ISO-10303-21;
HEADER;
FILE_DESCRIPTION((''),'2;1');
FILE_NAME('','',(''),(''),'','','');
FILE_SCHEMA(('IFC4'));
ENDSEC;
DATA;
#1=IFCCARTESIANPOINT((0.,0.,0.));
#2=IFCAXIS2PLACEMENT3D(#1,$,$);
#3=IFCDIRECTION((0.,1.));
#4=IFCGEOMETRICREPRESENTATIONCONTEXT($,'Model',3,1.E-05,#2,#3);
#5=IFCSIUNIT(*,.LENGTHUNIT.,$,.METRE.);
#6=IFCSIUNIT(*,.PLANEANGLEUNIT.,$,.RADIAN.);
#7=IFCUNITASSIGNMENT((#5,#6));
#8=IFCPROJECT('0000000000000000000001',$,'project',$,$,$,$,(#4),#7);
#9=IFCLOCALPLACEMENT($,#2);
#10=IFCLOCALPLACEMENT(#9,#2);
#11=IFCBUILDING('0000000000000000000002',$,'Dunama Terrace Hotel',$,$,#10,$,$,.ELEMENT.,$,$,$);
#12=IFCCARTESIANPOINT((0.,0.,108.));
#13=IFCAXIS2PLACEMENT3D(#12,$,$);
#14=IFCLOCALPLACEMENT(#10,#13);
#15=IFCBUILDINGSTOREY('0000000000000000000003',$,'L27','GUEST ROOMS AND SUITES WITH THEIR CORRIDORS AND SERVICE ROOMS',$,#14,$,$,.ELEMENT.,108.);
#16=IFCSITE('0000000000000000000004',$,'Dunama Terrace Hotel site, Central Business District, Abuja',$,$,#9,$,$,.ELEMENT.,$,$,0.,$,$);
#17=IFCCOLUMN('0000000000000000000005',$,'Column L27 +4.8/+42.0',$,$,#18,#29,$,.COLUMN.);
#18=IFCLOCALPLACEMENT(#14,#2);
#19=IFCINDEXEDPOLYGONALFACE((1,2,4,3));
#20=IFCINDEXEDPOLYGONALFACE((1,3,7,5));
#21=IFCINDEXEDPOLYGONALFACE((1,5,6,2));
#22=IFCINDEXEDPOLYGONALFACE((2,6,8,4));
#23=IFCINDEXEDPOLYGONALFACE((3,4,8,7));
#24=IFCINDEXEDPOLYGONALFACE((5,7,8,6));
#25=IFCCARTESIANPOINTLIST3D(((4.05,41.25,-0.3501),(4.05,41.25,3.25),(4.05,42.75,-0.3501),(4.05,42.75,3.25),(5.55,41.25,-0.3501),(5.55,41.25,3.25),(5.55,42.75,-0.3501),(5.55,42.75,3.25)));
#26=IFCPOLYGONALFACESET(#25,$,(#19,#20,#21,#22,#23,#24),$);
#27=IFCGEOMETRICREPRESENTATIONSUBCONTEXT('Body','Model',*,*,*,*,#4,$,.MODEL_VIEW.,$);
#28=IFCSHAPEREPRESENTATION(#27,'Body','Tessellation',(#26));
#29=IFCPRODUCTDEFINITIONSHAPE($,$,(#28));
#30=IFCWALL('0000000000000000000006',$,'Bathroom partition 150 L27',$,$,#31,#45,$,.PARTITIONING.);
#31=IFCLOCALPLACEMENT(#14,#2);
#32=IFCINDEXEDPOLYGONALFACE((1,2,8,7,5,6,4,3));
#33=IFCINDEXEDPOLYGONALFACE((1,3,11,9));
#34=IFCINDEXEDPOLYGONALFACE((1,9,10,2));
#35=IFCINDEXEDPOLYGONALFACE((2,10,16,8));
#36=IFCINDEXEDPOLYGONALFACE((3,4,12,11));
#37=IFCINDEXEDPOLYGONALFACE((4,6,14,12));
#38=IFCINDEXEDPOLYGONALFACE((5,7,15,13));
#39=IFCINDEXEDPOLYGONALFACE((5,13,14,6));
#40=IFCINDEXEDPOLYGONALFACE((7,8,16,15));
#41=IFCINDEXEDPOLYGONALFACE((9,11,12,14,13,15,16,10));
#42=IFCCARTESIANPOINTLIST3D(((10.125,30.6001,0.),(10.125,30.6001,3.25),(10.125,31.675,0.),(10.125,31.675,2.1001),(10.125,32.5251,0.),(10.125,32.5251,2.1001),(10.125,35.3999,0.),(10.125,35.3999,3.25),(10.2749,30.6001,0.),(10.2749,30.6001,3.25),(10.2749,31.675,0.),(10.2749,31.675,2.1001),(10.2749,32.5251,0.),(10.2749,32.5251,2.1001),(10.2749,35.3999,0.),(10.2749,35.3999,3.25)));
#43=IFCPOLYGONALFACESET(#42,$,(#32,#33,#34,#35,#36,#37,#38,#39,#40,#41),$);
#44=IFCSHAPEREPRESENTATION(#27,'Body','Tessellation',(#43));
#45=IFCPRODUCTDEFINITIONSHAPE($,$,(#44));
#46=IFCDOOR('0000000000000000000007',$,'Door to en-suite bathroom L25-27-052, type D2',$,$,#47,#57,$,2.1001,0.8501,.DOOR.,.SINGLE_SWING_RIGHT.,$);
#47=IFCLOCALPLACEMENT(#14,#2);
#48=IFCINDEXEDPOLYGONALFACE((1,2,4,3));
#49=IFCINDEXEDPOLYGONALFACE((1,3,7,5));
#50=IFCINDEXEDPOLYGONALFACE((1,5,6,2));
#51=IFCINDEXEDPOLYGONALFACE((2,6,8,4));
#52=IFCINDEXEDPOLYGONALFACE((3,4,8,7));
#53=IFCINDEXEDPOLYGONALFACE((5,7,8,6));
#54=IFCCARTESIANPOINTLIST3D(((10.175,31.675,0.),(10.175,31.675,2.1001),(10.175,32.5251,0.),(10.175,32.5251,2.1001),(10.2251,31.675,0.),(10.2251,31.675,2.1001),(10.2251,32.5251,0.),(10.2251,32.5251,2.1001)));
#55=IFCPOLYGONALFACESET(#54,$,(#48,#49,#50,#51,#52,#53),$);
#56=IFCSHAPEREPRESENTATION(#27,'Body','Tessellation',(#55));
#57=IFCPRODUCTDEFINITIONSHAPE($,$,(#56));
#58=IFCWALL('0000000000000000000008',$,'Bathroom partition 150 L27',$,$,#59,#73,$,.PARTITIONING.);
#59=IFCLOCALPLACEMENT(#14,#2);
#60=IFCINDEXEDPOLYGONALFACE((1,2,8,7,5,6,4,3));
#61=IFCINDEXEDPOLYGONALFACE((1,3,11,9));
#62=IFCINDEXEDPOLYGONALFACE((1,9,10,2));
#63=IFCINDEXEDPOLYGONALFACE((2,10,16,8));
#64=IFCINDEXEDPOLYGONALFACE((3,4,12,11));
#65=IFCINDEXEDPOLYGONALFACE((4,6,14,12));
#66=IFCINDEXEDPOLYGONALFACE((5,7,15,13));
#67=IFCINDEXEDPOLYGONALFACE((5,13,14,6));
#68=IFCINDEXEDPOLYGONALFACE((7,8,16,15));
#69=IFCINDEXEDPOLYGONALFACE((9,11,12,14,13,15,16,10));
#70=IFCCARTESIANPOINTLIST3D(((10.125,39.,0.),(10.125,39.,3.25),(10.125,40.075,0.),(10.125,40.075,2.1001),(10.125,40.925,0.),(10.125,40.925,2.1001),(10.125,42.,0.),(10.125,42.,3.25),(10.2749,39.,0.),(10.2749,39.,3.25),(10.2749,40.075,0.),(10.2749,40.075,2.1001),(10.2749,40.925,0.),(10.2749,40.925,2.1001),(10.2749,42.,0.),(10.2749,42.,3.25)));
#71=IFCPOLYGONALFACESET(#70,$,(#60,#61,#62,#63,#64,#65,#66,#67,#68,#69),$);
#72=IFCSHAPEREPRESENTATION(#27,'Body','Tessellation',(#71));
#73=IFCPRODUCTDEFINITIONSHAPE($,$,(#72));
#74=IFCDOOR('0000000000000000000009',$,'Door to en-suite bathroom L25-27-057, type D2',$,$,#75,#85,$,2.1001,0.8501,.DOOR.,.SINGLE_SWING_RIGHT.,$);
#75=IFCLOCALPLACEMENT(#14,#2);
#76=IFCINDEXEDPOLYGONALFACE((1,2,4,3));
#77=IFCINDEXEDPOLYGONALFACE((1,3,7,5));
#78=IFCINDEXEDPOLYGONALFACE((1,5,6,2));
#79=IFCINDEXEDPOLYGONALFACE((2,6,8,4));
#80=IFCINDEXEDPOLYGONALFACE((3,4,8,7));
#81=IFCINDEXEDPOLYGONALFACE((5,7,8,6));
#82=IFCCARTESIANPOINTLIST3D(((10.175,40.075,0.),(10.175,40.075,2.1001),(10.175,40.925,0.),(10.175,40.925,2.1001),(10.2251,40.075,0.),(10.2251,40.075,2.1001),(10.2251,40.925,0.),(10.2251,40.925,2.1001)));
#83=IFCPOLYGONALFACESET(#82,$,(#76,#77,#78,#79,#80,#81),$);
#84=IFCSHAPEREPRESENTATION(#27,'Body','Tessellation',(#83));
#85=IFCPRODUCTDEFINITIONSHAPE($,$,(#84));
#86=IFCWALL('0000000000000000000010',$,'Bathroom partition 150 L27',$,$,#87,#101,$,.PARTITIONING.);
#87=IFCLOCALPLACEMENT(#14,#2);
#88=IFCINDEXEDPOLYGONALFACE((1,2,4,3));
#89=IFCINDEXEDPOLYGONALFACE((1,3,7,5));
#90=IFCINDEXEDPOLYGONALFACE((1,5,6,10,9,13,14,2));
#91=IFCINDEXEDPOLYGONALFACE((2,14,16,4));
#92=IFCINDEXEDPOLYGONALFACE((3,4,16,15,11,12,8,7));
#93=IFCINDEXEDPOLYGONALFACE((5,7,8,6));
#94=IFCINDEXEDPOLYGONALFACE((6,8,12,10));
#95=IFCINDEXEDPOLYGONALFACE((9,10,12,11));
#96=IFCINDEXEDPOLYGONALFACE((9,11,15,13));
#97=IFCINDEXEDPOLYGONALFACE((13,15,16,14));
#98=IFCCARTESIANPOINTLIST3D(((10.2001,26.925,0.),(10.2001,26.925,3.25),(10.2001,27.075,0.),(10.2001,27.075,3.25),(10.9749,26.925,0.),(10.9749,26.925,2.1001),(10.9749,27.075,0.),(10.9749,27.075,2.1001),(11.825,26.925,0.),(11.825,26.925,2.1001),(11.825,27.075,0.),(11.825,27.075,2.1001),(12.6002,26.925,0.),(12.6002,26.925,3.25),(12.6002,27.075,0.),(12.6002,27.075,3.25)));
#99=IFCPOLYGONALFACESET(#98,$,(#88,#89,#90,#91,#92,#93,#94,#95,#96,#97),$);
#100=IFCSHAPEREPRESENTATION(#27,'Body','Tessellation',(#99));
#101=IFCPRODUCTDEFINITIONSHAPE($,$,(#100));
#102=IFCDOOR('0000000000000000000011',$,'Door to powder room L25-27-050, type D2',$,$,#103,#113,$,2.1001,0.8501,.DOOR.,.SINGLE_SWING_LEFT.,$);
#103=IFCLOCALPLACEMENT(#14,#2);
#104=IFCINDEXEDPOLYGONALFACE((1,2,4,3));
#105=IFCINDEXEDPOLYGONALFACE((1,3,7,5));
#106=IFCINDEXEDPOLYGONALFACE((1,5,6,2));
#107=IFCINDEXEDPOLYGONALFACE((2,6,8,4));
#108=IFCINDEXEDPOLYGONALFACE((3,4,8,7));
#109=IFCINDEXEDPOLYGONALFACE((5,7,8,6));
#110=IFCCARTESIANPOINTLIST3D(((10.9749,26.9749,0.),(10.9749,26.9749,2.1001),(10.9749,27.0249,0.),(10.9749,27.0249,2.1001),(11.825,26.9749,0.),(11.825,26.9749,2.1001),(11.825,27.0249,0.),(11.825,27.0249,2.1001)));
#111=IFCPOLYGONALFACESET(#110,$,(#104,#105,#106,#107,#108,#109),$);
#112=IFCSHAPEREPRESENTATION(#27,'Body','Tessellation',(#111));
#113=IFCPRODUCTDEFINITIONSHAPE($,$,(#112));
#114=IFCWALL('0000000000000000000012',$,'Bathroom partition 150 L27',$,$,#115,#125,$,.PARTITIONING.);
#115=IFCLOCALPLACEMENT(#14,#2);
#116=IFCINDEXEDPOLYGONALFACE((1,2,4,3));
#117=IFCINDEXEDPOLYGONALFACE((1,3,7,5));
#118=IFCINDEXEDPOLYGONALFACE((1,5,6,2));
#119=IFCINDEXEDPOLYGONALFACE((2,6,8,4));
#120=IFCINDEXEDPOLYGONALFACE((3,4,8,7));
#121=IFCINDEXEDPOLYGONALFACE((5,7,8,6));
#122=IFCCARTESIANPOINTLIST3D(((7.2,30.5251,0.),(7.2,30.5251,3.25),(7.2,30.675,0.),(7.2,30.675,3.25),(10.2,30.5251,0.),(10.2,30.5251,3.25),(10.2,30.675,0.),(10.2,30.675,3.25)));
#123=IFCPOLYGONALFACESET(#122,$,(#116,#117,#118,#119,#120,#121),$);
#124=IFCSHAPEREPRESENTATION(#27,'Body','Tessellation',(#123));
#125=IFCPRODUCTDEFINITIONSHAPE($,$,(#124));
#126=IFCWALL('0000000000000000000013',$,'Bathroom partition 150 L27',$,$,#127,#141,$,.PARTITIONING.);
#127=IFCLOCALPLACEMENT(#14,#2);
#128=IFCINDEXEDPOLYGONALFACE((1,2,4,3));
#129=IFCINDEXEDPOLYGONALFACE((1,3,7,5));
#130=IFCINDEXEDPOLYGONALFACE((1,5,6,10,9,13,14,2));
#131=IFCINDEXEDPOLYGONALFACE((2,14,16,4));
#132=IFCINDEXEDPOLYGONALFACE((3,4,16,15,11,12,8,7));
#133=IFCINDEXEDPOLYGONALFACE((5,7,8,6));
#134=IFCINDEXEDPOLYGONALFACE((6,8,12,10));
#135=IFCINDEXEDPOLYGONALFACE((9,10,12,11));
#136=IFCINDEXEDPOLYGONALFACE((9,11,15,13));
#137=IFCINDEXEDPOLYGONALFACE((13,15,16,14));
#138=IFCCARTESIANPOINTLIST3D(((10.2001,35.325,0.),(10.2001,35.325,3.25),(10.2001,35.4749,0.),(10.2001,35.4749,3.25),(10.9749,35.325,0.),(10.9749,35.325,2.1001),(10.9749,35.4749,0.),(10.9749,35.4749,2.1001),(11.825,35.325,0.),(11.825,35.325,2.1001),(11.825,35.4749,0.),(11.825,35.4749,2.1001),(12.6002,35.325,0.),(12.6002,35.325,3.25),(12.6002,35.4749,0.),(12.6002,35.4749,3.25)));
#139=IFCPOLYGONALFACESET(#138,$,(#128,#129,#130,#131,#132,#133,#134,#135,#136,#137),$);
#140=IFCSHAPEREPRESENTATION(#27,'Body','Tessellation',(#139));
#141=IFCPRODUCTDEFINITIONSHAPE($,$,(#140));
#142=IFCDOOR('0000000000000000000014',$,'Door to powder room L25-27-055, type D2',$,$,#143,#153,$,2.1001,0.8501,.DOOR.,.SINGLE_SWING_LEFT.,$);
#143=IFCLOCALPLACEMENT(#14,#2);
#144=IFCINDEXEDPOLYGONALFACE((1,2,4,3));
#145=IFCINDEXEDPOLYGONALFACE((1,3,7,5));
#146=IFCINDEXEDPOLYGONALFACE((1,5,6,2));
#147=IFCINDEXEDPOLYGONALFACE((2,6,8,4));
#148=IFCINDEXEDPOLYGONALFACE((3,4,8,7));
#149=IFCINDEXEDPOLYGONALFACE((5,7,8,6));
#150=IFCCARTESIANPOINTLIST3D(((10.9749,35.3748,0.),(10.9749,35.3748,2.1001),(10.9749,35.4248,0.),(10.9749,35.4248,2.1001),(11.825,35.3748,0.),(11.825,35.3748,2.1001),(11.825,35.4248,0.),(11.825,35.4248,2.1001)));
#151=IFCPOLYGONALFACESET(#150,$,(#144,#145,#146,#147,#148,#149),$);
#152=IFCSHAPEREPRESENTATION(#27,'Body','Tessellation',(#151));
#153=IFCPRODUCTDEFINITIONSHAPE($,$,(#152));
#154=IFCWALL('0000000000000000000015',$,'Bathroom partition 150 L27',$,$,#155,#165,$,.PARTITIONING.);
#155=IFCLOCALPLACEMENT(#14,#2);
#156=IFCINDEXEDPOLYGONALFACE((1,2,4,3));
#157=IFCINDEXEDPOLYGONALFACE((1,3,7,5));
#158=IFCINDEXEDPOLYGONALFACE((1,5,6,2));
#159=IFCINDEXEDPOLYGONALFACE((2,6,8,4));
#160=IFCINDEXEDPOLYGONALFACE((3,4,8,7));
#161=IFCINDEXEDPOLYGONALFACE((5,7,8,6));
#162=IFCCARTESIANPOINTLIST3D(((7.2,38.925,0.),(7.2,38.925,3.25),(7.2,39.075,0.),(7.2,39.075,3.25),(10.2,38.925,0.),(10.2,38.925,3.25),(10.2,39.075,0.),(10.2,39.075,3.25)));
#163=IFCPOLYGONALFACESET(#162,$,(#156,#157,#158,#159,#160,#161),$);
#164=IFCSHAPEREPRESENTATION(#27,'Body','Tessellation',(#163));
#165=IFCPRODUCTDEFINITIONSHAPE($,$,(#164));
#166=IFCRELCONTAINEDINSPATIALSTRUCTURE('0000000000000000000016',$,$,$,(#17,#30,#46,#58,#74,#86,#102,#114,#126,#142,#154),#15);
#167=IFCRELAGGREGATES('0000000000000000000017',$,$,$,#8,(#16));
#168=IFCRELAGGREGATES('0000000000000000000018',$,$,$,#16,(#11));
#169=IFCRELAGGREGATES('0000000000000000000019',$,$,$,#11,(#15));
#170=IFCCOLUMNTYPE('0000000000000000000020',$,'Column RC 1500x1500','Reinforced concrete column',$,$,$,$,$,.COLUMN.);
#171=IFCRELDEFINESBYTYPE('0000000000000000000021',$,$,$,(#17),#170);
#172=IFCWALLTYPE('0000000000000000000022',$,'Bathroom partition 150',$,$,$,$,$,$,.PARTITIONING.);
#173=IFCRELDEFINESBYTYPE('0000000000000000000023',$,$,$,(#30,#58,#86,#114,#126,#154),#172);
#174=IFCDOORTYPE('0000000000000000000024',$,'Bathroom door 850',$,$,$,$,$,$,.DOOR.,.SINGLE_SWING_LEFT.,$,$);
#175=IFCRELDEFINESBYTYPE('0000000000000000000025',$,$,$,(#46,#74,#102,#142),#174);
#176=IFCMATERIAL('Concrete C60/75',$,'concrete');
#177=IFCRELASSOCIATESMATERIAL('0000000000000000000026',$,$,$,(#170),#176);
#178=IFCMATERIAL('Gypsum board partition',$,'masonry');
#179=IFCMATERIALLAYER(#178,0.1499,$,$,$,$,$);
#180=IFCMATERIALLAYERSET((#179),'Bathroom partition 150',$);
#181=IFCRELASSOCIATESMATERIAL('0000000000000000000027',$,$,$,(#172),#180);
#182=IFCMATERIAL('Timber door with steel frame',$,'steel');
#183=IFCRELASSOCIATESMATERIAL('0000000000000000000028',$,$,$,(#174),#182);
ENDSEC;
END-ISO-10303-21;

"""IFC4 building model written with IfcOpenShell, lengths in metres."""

from ifc_helpers import new_model, si_unit, direction, frame, frame_2d, origin, origin_2d, place, context, subcontext, project, spatial, rectangle, extrude, material, layer, layer_set, material_profile, profile_set, type_object, element, fill, save


model = new_model("IFC4")

# Units and contexts
model_context = context("Model", 3, precision=1e-05, world=origin(), true_north=direction((0.0, 1.0)))
body_context = subcontext(model_context, "Body", "Model", "MODEL_VIEW")
ifc_project = project(units=[si_unit("LENGTHUNIT", "METRE"), si_unit("PLANEANGLEUNIT", "RADIAN")], contexts=[model_context])

# Site, building, storey
site_placement = place(None, origin())
site = spatial("IfcSite", under=ifc_project, at=site_placement, Name="Dunama Terrace Hotel site, Central Business District, Abuja", CompositionType="ELEMENT", RefElevation=0.0)
building_placement = place(site_placement, origin())
building = spatial("IfcBuilding", under=site, at=building_placement, Name="Dunama Terrace Hotel", CompositionType="ELEMENT")
storey_placement = place(building_placement, frame((0.0, 0.0, 108.0)))
storey = spatial("IfcBuildingStorey", under=building, at=storey_placement, Name="L27", Description="GUEST ROOMS AND SUITES WITH THEIR CORRIDORS AND SERVICE ROOMS", CompositionType="ELEMENT", Elevation=108.0)

# Column
ifc_material_1 = material(Name="Concrete C60/75", Category="concrete")
ifc_material_profile = material_profile(ifc_material_1, rectangle(XDim=1.5, YDim=1.5, at=origin_2d()), Name="RC 1500x1500")
ifc_profile_set = profile_set([ifc_material_profile], Name="Concrete C60/75")
column_type = type_object("IfcColumnType", Name="Column RC 1500x1500", Description="Reinforced concrete column", PredefinedType="COLUMN", material=ifc_profile_set)
column_placement = place(storey_placement, frame((4.8, 42.0, -0.3501), z_axis=(0.0, 0.0, 1.0), x_axis=(1.0, 0.0, 0.0)))
element("IfcColumn", 1, at=column_placement, inside=storey, type_object=column_type, Name="Column L27 +4.8/+42.0", PredefinedType="COLUMN", context=body_context, shape_type="SweptSolid", body=[
    extrude(rectangle(XDim=1.5, YDim=1.5, at=origin_2d()), origin(), (0.0, 0.0, 1.0), 3.6001),
])

# Walls, openings, doors
ifc_material_2 = material(Name="Gypsum board partition", Category="masonry")
ifc_layer_1 = layer(ifc_material_2, 0.1499)
ifc_layer_set_1 = layer_set([ifc_layer_1], Name="Bathroom partition 150")
wall_type_1 = type_object("IfcWallType", Name="Bathroom partition 150", PredefinedType="PARTITIONING", material=ifc_layer_set_1)
wall_1_placement = place(storey_placement, frame((10.2, 30.6001, 0.0), z_axis=(0.0, 0.0, 1.0), x_axis=(0.0, 1.0, 0.0)))
wall_1 = element("IfcWall", 2, at=wall_1_placement, inside=storey, type_object=wall_type_1, Name="Bathroom partition 150 L27", PredefinedType="PARTITIONING", context=body_context, shape_type="SweptSolid", body=[
    extrude(rectangle(XDim=4.7998, YDim=0.1499, at=frame_2d((2.3999, 0.0))), origin(), (0.0, 0.0, 1.0), 3.25),
])
opening_1_placement = place(wall_1_placement, frame((1.075, 0.0, 0.0)))
opening_1 = element("IfcOpeningElement", 3, at=opening_1_placement, cuts=wall_1, PredefinedType="OPENING", context=body_context, shape_type="SweptSolid", body=[
    extrude(rectangle(XDim=0.8501, YDim=2.1001, at=frame_2d((0.425, 1.05))), frame((0.0, 0.085, 0.0), z_axis=(0.0, -1.0, 0.0), x_axis=(1.0, 0.0, 0.0)), (0.0, 0.0, 1.0), 0.1699),
])
ifc_material_3 = material(Name="Timber door with steel frame", Category="steel")
door_type_1 = type_object("IfcDoorType", Name="Bathroom door 850", OperationType="SINGLE_SWING_LEFT", PredefinedType="DOOR", material=ifc_material_3)
door_1_placement = place(opening_1_placement, origin())
door_1 = element("IfcDoor", 4, at=door_1_placement, inside=storey, type_object=door_type_1, Name="Door to en-suite bathroom L25-27-052, type D2", OperationType="SINGLE_SWING_RIGHT", OverallHeight=2.1001, OverallWidth=0.8501, PredefinedType="DOOR", context=body_context, shape_type="SweptSolid", body=[
    extrude(rectangle(XDim=0.8501, YDim=2.1001, at=frame_2d((0.425, 1.05))), frame((0.0, 0.0249, 0.0), z_axis=(0.0, -1.0, 0.0), x_axis=(1.0, 0.0, 0.0)), (0.0, 0.0, 1.0), 0.05),
])
fill(opening_1, door_1)
wall_2_placement = place(storey_placement, frame((10.2, 39.0, 0.0), z_axis=(0.0, 0.0, 1.0), x_axis=(0.0, 1.0, 0.0)))
wall_2 = element("IfcWall", 5, at=wall_2_placement, inside=storey, type_object=wall_type_1, Name="Bathroom partition 150 L27", PredefinedType="PARTITIONING", context=body_context, shape_type="SweptSolid", body=[
    extrude(rectangle(XDim=3.0, YDim=0.1499, at=frame_2d((1.5, 0.0))), origin(), (0.0, 0.0, 1.0), 3.25),
])
opening_2_placement = place(wall_2_placement, frame((1.075, 0.0, 0.0)))
opening_2 = element("IfcOpeningElement", 6, at=opening_2_placement, cuts=wall_2, PredefinedType="OPENING", context=body_context, shape_type="SweptSolid", body=[
    extrude(rectangle(XDim=0.8501, YDim=2.1001, at=frame_2d((0.425, 1.05))), frame((0.0, 0.085, 0.0), z_axis=(0.0, -1.0, 0.0), x_axis=(1.0, 0.0, 0.0)), (0.0, 0.0, 1.0), 0.1699),
])
door_2_placement = place(opening_2_placement, origin())
door_2 = element("IfcDoor", 7, at=door_2_placement, inside=storey, type_object=door_type_1, Name="Door to en-suite bathroom L25-27-057, type D2", OperationType="SINGLE_SWING_RIGHT", OverallHeight=2.1001, OverallWidth=0.8501, PredefinedType="DOOR", context=body_context, shape_type="SweptSolid", body=[
    extrude(rectangle(XDim=0.8501, YDim=2.1001, at=frame_2d((0.425, 1.05))), frame((0.0, 0.0249, 0.0), z_axis=(0.0, -1.0, 0.0), x_axis=(1.0, 0.0, 0.0)), (0.0, 0.0, 1.0), 0.05),
])
fill(opening_2, door_2)
wall_3_placement = place(storey_placement, frame((10.2, 27.0, 0.0), z_axis=(0.0, 0.0, 1.0), x_axis=(1.0, 0.0, 0.0)))
wall_3 = element("IfcWall", 8, at=wall_3_placement, inside=storey, type_object=wall_type_1, Name="Bathroom partition 150 L27", PredefinedType="PARTITIONING", context=body_context, shape_type="SweptSolid", body=[
    extrude(rectangle(XDim=2.4001, YDim=0.1499, at=frame_2d((1.2002, 0.0))), origin(), (0.0, 0.0, 1.0), 3.25),
])
opening_3_placement = place(wall_3_placement, frame((0.7749, 0.0, 0.0)))
opening_3 = element("IfcOpeningElement", 9, at=opening_3_placement, cuts=wall_3, PredefinedType="OPENING", context=body_context, shape_type="SweptSolid", body=[
    extrude(rectangle(XDim=0.8501, YDim=2.1001, at=frame_2d((0.425, 1.05))), frame((0.0, 0.085, 0.0), z_axis=(0.0, -1.0, 0.0), x_axis=(1.0, 0.0, 0.0)), (0.0, 0.0, 1.0), 0.1699),
])
door_3_placement = place(opening_3_placement, frame((0.8501, 0.0, 0.0), z_axis=(0.0, 0.0, 1.0), x_axis=(-1.0, 0.0, 0.0)))
door_3 = element("IfcDoor", 10, at=door_3_placement, inside=storey, type_object=door_type_1, Name="Door to powder room L25-27-050, type D2", OperationType="SINGLE_SWING_LEFT", OverallHeight=2.1001, OverallWidth=0.8501, PredefinedType="DOOR", context=body_context, shape_type="SweptSolid", body=[
    extrude(rectangle(XDim=0.8501, YDim=2.1001, at=frame_2d((0.425, 1.05))), frame((0.0, 0.0251, 0.0), z_axis=(0.0, -1.0, 0.0), x_axis=(1.0, 0.0, 0.0)), (0.0, 0.0, 1.0), 0.05),
])
fill(opening_3, door_3)

# Wall
wall_4_placement = place(storey_placement, frame((7.2, 30.6001, 0.0), z_axis=(0.0, 0.0, 1.0), x_axis=(1.0, 0.0, 0.0)))
element("IfcWall", 11, at=wall_4_placement, inside=storey, type_object=wall_type_1, Name="Bathroom partition 150 L27", PredefinedType="PARTITIONING", context=body_context, shape_type="SweptSolid", body=[
    extrude(rectangle(XDim=3.0, YDim=0.1499, at=frame_2d((1.5, 0.0))), origin(), (0.0, 0.0, 1.0), 3.25),
])

# Wall, opening, door
wall_5_placement = place(storey_placement, frame((10.2, 35.3999, 0.0), z_axis=(0.0, 0.0, 1.0), x_axis=(1.0, 0.0, 0.0)))
wall_5 = element("IfcWall", 12, at=wall_5_placement, inside=storey, type_object=wall_type_1, Name="Bathroom partition 150 L27", PredefinedType="PARTITIONING", context=body_context, shape_type="SweptSolid", body=[
    extrude(rectangle(XDim=2.4001, YDim=0.1499, at=frame_2d((1.2002, 0.0))), origin(), (0.0, 0.0, 1.0), 3.25),
])
opening_4_placement = place(wall_5_placement, frame((0.7749, 0.0, 0.0)))
opening_4 = element("IfcOpeningElement", 13, at=opening_4_placement, cuts=wall_5, PredefinedType="OPENING", context=body_context, shape_type="SweptSolid", body=[
    extrude(rectangle(XDim=0.8501, YDim=2.1001, at=frame_2d((0.425, 1.05))), frame((0.0, 0.085, 0.0), z_axis=(0.0, -1.0, 0.0), x_axis=(1.0, 0.0, 0.0)), (0.0, 0.0, 1.0), 0.1699),
])
door_4_placement = place(opening_4_placement, frame((0.8501, 0.0, 0.0), z_axis=(0.0, 0.0, 1.0), x_axis=(-1.0, 0.0, 0.0)))
door_4 = element("IfcDoor", 14, at=door_4_placement, inside=storey, type_object=door_type_1, Name="Door to powder room L25-27-055, type D2", OperationType="SINGLE_SWING_LEFT", OverallHeight=2.1001, OverallWidth=0.8501, PredefinedType="DOOR", context=body_context, shape_type="SweptSolid", body=[
    extrude(rectangle(XDim=0.8501, YDim=2.1001, at=frame_2d((0.425, 1.05))), frame((0.0, 0.0251, 0.0), z_axis=(0.0, -1.0, 0.0), x_axis=(1.0, 0.0, 0.0)), (0.0, 0.0, 1.0), 0.05),
])
fill(opening_4, door_4)

# Wall
wall_6_placement = place(storey_placement, frame((7.2, 39.0, 0.0), z_axis=(0.0, 0.0, 1.0), x_axis=(1.0, 0.0, 0.0)))
element("IfcWall", 15, at=wall_6_placement, inside=storey, type_object=wall_type_1, Name="Bathroom partition 150 L27", PredefinedType="PARTITIONING", context=body_context, shape_type="SweptSolid", body=[
    extrude(rectangle(XDim=3.0, YDim=0.1499, at=frame_2d((1.5, 0.0))), origin(), (0.0, 0.0, 1.0), 3.25),
])

save(model, "model.ifc")
